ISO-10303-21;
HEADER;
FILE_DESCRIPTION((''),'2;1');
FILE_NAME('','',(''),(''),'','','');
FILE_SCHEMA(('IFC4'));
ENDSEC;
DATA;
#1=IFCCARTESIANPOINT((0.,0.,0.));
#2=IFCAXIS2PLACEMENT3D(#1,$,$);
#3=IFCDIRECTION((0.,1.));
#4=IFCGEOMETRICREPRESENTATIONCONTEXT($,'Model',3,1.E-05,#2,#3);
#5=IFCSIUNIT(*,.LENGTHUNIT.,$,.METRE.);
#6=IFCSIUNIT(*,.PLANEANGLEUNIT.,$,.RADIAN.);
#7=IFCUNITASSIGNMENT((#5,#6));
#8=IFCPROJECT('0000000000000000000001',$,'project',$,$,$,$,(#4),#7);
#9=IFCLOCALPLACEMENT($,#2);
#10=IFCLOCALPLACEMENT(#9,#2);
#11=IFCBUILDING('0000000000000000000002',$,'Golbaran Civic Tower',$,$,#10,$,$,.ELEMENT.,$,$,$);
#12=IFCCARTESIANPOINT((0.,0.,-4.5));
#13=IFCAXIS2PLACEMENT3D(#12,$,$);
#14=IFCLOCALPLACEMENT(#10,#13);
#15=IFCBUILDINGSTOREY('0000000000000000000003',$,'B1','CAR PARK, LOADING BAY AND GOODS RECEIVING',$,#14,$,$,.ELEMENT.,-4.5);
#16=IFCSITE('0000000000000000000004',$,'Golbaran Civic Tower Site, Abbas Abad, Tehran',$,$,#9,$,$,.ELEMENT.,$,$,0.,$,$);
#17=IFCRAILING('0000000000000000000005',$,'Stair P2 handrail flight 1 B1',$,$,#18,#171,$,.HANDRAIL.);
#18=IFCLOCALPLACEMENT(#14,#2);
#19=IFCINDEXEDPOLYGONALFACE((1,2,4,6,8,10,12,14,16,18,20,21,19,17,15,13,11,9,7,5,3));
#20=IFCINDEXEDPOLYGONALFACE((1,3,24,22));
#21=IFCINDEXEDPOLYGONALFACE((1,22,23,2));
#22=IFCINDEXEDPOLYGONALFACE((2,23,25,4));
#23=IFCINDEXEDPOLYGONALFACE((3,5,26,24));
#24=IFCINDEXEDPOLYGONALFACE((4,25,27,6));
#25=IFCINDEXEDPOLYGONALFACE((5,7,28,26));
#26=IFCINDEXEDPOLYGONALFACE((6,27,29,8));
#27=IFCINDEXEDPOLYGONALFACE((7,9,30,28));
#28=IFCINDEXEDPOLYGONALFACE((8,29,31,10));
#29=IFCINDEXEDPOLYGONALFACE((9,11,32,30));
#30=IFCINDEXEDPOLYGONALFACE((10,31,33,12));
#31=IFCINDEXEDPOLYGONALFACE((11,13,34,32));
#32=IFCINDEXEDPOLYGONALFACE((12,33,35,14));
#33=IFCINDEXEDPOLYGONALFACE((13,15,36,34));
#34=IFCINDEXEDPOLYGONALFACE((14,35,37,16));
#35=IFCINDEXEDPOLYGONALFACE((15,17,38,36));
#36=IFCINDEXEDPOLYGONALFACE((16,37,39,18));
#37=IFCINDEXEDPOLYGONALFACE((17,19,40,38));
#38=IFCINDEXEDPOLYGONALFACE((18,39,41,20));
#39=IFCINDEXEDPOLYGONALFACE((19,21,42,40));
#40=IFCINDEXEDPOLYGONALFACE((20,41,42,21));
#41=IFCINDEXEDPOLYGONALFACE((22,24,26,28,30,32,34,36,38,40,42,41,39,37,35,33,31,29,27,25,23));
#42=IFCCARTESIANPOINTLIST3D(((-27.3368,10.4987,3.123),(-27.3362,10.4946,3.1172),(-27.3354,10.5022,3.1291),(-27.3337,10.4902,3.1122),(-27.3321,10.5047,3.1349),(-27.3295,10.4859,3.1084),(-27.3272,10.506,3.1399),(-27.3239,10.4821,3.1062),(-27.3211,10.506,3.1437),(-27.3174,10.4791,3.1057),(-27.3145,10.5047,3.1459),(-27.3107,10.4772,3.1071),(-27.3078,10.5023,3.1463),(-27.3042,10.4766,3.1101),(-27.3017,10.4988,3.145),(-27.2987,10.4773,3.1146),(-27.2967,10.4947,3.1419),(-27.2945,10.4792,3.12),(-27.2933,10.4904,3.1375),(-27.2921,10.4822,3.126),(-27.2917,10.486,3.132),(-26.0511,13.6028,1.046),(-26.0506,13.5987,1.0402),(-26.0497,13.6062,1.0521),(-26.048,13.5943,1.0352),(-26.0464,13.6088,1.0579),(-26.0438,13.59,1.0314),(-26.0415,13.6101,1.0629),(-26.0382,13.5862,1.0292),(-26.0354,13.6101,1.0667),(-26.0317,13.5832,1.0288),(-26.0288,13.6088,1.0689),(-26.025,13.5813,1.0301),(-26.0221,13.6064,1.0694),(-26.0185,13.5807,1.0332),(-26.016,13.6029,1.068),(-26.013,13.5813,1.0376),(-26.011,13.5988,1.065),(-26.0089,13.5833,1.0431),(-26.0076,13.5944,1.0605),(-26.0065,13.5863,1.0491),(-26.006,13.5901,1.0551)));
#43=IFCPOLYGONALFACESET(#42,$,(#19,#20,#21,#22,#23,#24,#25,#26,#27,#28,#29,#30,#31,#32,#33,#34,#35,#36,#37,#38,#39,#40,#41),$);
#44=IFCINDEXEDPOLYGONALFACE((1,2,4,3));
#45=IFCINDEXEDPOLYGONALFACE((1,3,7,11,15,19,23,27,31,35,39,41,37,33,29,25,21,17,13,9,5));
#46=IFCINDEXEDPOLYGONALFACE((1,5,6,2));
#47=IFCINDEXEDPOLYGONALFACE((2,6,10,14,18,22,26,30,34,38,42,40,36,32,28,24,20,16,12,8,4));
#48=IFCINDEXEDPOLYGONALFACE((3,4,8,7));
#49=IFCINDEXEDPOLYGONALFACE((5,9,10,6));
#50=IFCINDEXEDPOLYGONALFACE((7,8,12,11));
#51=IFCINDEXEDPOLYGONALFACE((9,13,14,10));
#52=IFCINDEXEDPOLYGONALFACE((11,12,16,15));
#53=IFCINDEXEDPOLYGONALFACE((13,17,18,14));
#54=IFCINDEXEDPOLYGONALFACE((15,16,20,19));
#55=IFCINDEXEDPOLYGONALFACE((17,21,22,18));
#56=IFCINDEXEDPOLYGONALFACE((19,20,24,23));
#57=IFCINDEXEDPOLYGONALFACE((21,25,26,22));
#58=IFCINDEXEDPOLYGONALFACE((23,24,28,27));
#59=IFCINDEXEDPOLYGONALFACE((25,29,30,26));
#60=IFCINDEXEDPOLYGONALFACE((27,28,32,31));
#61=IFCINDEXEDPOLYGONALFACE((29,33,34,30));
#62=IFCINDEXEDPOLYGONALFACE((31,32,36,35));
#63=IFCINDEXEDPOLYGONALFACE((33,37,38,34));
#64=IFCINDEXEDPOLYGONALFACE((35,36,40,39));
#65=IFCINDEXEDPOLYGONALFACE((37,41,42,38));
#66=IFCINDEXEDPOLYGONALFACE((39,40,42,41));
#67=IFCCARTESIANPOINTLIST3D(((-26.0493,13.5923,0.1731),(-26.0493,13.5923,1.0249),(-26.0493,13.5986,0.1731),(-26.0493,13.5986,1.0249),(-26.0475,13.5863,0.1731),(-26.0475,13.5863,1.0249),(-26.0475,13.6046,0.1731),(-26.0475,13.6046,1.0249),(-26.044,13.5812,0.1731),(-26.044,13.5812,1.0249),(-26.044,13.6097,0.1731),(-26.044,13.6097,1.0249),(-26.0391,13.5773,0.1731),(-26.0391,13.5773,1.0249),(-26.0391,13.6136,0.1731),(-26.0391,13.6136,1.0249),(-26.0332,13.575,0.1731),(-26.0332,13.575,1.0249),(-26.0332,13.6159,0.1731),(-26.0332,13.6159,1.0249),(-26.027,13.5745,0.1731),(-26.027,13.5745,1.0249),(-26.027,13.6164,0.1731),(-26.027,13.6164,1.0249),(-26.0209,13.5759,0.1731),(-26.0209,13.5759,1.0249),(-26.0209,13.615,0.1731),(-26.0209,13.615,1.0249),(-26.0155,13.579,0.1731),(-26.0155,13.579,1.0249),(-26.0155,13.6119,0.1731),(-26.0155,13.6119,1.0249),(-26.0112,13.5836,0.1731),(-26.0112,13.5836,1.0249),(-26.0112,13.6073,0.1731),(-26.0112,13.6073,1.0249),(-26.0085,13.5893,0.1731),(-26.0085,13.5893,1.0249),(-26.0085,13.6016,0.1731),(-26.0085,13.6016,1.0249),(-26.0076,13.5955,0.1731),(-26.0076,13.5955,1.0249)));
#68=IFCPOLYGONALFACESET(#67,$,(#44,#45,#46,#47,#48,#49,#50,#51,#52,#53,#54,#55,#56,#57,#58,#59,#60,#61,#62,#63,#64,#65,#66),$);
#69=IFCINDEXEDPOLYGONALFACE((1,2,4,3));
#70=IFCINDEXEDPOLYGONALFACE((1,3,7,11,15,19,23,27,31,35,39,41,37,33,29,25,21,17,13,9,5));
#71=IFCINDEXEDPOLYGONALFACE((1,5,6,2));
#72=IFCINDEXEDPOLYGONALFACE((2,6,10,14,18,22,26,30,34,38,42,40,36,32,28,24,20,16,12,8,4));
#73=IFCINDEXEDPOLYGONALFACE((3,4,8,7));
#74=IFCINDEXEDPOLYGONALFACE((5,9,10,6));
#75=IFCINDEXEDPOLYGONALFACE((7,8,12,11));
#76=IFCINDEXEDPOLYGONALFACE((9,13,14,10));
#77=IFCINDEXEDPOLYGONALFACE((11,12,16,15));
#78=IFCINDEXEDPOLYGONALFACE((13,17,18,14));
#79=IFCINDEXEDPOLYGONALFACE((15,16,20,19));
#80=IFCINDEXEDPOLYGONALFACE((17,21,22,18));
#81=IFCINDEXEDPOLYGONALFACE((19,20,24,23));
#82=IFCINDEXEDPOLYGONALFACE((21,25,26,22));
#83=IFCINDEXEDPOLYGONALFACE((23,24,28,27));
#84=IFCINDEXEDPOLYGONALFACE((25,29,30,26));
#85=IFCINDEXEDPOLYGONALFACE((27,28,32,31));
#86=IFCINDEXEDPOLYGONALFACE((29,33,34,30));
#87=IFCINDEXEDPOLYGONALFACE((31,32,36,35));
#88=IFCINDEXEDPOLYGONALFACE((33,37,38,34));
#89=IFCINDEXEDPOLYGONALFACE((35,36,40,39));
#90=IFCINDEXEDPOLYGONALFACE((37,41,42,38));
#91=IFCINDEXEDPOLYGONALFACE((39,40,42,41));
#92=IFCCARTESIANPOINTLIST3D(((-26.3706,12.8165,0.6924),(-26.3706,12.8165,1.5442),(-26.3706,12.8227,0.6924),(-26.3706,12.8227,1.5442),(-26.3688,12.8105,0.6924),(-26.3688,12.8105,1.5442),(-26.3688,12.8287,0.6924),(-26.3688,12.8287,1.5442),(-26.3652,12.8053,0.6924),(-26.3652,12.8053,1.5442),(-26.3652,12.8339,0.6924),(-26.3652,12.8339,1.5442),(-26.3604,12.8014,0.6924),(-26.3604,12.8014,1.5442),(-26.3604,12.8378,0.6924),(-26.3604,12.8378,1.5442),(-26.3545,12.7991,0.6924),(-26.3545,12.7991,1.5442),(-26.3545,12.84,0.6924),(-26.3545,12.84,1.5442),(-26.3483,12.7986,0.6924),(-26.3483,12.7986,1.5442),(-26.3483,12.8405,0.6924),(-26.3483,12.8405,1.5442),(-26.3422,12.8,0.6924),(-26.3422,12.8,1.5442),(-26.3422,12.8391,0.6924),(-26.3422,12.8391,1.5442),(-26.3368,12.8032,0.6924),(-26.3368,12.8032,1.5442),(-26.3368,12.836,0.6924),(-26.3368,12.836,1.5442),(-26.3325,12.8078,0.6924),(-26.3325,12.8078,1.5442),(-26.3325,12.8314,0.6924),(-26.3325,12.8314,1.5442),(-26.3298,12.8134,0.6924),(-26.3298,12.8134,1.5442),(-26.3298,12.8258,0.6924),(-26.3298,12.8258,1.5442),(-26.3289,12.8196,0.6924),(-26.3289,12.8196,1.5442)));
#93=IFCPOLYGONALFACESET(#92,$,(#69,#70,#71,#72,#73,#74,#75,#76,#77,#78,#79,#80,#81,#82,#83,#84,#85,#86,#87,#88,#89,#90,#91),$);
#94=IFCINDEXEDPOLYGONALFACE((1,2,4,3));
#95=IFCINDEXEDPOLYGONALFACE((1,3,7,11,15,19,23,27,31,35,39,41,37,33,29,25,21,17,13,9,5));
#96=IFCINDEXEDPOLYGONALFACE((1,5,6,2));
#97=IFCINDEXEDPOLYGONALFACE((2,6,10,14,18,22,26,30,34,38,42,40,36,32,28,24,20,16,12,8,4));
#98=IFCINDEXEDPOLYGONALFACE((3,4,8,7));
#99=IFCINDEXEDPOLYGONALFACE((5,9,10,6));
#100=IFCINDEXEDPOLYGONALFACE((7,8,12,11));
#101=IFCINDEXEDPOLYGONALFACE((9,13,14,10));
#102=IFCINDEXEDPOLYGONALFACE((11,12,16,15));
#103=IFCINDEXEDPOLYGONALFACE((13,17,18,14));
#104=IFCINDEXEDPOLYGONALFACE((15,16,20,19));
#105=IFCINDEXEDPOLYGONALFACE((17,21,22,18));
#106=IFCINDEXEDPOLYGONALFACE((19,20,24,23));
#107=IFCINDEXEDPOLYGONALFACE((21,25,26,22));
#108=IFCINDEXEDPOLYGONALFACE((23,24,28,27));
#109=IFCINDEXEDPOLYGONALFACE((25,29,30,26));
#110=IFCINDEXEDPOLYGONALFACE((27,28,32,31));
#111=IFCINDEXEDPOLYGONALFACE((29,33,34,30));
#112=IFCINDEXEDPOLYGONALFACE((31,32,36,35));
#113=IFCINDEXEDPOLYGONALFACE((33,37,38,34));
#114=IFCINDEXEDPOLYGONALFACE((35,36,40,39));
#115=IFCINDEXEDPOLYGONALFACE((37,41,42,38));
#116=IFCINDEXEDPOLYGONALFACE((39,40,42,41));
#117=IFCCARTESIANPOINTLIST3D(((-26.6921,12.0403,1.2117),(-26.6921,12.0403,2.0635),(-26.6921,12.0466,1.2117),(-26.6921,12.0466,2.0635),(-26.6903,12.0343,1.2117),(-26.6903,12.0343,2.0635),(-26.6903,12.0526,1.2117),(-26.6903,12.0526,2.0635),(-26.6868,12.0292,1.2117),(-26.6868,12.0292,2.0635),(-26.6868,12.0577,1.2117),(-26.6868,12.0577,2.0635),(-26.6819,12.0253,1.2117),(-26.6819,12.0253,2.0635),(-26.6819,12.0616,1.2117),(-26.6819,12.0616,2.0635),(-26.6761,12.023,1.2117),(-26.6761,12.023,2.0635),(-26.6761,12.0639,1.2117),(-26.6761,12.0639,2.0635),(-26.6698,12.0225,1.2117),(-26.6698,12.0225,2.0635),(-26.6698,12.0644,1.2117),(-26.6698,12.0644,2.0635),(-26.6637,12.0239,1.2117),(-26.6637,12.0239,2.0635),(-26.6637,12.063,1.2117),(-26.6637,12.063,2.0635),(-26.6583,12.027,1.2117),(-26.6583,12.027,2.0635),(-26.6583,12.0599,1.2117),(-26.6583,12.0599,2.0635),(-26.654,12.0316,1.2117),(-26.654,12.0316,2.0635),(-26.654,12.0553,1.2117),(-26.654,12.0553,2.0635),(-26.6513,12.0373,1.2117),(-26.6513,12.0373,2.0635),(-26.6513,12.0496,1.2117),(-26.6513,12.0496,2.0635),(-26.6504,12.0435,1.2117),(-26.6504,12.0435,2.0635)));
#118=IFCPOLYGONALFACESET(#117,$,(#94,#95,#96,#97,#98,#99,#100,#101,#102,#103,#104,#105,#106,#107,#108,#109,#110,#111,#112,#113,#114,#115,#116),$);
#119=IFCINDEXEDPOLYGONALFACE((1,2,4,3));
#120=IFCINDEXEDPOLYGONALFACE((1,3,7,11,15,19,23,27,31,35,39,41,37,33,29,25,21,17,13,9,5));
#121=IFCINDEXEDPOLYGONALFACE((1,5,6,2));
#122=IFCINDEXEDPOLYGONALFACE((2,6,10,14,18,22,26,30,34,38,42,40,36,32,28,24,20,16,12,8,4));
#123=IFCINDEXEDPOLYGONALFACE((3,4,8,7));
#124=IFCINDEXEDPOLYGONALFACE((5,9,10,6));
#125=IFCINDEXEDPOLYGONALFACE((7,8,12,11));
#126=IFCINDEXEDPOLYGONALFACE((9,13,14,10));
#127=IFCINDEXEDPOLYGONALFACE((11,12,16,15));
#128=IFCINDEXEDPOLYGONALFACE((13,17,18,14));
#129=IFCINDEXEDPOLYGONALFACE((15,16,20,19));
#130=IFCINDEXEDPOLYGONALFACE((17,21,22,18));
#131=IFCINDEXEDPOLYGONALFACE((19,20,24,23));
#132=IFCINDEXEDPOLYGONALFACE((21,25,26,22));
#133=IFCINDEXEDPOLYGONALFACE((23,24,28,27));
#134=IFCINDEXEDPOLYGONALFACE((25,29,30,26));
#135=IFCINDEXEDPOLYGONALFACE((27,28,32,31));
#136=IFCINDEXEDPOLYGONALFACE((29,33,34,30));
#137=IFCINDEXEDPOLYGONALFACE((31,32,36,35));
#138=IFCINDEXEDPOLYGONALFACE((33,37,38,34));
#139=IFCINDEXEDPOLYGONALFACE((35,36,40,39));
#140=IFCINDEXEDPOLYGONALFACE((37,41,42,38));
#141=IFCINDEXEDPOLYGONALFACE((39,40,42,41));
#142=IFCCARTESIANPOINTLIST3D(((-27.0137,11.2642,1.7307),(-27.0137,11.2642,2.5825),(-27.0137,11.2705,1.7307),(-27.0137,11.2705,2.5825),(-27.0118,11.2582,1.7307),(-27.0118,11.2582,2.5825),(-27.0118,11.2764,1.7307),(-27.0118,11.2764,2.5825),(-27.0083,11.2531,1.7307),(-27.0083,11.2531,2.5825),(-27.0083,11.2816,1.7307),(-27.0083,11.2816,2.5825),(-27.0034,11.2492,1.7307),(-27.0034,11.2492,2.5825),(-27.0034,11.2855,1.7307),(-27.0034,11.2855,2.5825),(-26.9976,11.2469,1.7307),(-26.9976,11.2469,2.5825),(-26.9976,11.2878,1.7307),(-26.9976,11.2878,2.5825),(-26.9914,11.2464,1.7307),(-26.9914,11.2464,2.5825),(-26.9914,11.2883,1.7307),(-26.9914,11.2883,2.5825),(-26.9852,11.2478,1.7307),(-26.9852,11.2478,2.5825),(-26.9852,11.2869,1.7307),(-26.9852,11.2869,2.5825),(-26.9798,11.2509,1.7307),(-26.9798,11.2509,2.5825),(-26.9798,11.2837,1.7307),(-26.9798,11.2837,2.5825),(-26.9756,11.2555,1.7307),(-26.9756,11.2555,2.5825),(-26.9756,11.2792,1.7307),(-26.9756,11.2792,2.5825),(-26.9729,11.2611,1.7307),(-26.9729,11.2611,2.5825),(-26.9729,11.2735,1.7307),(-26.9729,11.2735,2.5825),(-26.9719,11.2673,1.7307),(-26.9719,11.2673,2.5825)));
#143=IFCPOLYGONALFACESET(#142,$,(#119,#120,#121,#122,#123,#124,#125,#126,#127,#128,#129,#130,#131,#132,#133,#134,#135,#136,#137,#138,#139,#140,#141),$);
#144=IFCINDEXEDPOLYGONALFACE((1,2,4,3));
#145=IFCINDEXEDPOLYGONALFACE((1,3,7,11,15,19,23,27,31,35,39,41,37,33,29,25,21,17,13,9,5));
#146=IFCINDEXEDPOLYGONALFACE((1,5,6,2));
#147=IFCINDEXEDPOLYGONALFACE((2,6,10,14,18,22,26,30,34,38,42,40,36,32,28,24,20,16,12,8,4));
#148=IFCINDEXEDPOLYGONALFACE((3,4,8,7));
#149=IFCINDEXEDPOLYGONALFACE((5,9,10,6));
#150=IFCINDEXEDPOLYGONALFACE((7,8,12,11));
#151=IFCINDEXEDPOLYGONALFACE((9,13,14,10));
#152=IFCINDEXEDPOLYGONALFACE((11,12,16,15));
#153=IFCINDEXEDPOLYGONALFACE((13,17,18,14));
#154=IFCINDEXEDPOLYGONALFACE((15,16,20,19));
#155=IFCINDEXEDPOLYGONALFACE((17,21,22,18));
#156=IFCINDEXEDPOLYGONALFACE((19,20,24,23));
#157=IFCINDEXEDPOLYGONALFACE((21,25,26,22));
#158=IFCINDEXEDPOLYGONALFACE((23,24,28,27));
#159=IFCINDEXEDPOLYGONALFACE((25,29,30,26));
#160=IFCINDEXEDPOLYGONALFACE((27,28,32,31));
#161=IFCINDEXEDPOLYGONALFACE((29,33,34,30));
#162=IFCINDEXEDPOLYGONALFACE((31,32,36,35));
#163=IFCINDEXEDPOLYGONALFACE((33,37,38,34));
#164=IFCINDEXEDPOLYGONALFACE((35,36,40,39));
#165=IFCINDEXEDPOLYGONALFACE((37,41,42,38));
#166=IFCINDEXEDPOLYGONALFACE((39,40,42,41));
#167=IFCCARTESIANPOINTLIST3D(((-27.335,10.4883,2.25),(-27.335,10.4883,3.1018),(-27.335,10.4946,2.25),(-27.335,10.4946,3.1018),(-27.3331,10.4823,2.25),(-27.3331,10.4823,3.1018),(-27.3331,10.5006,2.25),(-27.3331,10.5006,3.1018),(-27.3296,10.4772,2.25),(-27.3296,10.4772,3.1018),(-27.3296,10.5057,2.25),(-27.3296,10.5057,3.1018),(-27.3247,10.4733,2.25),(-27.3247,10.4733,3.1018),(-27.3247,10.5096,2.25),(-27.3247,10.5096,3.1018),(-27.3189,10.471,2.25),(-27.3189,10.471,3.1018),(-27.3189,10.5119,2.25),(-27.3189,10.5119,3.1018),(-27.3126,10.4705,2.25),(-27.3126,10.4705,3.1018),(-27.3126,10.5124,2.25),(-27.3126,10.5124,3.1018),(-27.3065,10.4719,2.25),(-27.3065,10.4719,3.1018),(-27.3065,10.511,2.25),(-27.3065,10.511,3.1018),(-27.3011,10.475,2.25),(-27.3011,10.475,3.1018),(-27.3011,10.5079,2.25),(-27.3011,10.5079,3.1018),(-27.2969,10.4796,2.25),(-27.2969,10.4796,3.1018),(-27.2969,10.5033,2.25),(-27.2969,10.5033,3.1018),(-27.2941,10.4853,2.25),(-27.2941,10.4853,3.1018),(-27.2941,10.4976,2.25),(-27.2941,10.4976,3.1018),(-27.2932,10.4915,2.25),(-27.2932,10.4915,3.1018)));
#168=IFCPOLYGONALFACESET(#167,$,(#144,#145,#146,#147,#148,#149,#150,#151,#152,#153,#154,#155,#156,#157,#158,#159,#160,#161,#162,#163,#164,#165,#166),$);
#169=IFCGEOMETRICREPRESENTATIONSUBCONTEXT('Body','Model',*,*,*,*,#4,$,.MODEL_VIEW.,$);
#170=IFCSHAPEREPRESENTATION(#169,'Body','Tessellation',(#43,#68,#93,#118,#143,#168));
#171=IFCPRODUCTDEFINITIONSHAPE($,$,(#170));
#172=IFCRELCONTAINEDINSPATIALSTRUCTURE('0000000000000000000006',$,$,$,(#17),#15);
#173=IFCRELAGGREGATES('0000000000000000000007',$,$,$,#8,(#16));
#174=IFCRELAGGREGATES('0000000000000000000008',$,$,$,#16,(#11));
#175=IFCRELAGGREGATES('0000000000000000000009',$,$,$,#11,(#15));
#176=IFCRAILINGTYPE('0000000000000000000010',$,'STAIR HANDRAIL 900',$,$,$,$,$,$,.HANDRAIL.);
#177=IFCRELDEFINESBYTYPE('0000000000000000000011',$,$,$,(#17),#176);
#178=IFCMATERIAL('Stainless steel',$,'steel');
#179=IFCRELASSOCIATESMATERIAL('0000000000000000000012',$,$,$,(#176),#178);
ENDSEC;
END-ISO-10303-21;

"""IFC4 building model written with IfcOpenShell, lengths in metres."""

from ifc_helpers import new_model, si_unit, direction, frame, origin, origin_2d, place, context, subcontext, project, spatial, circle, extrude, material, type_object, element, save


model = new_model("IFC4")

# Units and contexts
model_context = context("Model", 3, precision=1e-05, world=origin(), true_north=direction((0.0, 1.0)))
body_context = subcontext(model_context, "Body", "Model", "MODEL_VIEW")
ifc_project = project(units=[si_unit("LENGTHUNIT", "METRE"), si_unit("PLANEANGLEUNIT", "RADIAN")], contexts=[model_context])

# Site, building, storey
site_placement = place(None, origin())
site = spatial("IfcSite", under=ifc_project, at=site_placement, Name="Golbaran Civic Tower Site, Abbas Abad, Tehran", CompositionType="ELEMENT", RefElevation=0.0)
building_placement = place(site_placement, origin())
building = spatial("IfcBuilding", under=site, at=building_placement, Name="Golbaran Civic Tower", CompositionType="ELEMENT")
storey_placement = place(building_placement, frame((0.0, 0.0, -4.5)))
storey = spatial("IfcBuildingStorey", under=building, at=storey_placement, Name="B1", Description="CAR PARK, LOADING BAY AND GOODS RECEIVING", CompositionType="ELEMENT", Elevation=-4.5)

# Railing
ifc_material_1 = material(Name="Stainless steel", Category="steel")
railing_type_1 = type_object("IfcRailingType", Name="STAIR HANDRAIL 900", PredefinedType="HANDRAIL", material=ifc_material_1)
railing_1_placement = place(storey_placement, frame((-26.0286, 13.5955, 0.1731)))
element("IfcRailing", 1, at=railing_1_placement, inside=storey, type_object=railing_type_1, Name="Stair P2 handrail flight 1 B1", PredefinedType="HANDRAIL", context=body_context, shape_type="SweptSolid", body=[
    extrude(circle(Radius=0.0239, at=origin_2d()), frame((0.0, 0.0, 0.876), z_axis=(-0.325493, -0.785855, 0.52582), x_axis=(0.923888, -0.382664, 0.0)), (0.0, 0.0, 1.0), 3.95),
    extrude(circle(Radius=0.021, at=origin_2d()), origin(), (0.0, 0.0, 1.0), 0.8518),
    extrude(circle(Radius=0.021, at=origin_2d()), frame((-0.3213, -0.7759, 0.5193)), (0.0, 0.0, 1.0), 0.8518),
    extrude(circle(Radius=0.021, at=origin_2d()), frame((-0.6428, -1.552, 1.0386)), (0.0, 0.0, 1.0), 0.8518),
    extrude(circle(Radius=0.021, at=origin_2d()), frame((-0.9644, -2.3281, 1.5576)), (0.0, 0.0, 1.0), 0.8518),
    extrude(circle(Radius=0.021, at=origin_2d()), frame((-1.2856, -3.104, 2.0769)), (0.0, 0.0, 1.0), 0.8518),
])

save(model, "model.ifc")
